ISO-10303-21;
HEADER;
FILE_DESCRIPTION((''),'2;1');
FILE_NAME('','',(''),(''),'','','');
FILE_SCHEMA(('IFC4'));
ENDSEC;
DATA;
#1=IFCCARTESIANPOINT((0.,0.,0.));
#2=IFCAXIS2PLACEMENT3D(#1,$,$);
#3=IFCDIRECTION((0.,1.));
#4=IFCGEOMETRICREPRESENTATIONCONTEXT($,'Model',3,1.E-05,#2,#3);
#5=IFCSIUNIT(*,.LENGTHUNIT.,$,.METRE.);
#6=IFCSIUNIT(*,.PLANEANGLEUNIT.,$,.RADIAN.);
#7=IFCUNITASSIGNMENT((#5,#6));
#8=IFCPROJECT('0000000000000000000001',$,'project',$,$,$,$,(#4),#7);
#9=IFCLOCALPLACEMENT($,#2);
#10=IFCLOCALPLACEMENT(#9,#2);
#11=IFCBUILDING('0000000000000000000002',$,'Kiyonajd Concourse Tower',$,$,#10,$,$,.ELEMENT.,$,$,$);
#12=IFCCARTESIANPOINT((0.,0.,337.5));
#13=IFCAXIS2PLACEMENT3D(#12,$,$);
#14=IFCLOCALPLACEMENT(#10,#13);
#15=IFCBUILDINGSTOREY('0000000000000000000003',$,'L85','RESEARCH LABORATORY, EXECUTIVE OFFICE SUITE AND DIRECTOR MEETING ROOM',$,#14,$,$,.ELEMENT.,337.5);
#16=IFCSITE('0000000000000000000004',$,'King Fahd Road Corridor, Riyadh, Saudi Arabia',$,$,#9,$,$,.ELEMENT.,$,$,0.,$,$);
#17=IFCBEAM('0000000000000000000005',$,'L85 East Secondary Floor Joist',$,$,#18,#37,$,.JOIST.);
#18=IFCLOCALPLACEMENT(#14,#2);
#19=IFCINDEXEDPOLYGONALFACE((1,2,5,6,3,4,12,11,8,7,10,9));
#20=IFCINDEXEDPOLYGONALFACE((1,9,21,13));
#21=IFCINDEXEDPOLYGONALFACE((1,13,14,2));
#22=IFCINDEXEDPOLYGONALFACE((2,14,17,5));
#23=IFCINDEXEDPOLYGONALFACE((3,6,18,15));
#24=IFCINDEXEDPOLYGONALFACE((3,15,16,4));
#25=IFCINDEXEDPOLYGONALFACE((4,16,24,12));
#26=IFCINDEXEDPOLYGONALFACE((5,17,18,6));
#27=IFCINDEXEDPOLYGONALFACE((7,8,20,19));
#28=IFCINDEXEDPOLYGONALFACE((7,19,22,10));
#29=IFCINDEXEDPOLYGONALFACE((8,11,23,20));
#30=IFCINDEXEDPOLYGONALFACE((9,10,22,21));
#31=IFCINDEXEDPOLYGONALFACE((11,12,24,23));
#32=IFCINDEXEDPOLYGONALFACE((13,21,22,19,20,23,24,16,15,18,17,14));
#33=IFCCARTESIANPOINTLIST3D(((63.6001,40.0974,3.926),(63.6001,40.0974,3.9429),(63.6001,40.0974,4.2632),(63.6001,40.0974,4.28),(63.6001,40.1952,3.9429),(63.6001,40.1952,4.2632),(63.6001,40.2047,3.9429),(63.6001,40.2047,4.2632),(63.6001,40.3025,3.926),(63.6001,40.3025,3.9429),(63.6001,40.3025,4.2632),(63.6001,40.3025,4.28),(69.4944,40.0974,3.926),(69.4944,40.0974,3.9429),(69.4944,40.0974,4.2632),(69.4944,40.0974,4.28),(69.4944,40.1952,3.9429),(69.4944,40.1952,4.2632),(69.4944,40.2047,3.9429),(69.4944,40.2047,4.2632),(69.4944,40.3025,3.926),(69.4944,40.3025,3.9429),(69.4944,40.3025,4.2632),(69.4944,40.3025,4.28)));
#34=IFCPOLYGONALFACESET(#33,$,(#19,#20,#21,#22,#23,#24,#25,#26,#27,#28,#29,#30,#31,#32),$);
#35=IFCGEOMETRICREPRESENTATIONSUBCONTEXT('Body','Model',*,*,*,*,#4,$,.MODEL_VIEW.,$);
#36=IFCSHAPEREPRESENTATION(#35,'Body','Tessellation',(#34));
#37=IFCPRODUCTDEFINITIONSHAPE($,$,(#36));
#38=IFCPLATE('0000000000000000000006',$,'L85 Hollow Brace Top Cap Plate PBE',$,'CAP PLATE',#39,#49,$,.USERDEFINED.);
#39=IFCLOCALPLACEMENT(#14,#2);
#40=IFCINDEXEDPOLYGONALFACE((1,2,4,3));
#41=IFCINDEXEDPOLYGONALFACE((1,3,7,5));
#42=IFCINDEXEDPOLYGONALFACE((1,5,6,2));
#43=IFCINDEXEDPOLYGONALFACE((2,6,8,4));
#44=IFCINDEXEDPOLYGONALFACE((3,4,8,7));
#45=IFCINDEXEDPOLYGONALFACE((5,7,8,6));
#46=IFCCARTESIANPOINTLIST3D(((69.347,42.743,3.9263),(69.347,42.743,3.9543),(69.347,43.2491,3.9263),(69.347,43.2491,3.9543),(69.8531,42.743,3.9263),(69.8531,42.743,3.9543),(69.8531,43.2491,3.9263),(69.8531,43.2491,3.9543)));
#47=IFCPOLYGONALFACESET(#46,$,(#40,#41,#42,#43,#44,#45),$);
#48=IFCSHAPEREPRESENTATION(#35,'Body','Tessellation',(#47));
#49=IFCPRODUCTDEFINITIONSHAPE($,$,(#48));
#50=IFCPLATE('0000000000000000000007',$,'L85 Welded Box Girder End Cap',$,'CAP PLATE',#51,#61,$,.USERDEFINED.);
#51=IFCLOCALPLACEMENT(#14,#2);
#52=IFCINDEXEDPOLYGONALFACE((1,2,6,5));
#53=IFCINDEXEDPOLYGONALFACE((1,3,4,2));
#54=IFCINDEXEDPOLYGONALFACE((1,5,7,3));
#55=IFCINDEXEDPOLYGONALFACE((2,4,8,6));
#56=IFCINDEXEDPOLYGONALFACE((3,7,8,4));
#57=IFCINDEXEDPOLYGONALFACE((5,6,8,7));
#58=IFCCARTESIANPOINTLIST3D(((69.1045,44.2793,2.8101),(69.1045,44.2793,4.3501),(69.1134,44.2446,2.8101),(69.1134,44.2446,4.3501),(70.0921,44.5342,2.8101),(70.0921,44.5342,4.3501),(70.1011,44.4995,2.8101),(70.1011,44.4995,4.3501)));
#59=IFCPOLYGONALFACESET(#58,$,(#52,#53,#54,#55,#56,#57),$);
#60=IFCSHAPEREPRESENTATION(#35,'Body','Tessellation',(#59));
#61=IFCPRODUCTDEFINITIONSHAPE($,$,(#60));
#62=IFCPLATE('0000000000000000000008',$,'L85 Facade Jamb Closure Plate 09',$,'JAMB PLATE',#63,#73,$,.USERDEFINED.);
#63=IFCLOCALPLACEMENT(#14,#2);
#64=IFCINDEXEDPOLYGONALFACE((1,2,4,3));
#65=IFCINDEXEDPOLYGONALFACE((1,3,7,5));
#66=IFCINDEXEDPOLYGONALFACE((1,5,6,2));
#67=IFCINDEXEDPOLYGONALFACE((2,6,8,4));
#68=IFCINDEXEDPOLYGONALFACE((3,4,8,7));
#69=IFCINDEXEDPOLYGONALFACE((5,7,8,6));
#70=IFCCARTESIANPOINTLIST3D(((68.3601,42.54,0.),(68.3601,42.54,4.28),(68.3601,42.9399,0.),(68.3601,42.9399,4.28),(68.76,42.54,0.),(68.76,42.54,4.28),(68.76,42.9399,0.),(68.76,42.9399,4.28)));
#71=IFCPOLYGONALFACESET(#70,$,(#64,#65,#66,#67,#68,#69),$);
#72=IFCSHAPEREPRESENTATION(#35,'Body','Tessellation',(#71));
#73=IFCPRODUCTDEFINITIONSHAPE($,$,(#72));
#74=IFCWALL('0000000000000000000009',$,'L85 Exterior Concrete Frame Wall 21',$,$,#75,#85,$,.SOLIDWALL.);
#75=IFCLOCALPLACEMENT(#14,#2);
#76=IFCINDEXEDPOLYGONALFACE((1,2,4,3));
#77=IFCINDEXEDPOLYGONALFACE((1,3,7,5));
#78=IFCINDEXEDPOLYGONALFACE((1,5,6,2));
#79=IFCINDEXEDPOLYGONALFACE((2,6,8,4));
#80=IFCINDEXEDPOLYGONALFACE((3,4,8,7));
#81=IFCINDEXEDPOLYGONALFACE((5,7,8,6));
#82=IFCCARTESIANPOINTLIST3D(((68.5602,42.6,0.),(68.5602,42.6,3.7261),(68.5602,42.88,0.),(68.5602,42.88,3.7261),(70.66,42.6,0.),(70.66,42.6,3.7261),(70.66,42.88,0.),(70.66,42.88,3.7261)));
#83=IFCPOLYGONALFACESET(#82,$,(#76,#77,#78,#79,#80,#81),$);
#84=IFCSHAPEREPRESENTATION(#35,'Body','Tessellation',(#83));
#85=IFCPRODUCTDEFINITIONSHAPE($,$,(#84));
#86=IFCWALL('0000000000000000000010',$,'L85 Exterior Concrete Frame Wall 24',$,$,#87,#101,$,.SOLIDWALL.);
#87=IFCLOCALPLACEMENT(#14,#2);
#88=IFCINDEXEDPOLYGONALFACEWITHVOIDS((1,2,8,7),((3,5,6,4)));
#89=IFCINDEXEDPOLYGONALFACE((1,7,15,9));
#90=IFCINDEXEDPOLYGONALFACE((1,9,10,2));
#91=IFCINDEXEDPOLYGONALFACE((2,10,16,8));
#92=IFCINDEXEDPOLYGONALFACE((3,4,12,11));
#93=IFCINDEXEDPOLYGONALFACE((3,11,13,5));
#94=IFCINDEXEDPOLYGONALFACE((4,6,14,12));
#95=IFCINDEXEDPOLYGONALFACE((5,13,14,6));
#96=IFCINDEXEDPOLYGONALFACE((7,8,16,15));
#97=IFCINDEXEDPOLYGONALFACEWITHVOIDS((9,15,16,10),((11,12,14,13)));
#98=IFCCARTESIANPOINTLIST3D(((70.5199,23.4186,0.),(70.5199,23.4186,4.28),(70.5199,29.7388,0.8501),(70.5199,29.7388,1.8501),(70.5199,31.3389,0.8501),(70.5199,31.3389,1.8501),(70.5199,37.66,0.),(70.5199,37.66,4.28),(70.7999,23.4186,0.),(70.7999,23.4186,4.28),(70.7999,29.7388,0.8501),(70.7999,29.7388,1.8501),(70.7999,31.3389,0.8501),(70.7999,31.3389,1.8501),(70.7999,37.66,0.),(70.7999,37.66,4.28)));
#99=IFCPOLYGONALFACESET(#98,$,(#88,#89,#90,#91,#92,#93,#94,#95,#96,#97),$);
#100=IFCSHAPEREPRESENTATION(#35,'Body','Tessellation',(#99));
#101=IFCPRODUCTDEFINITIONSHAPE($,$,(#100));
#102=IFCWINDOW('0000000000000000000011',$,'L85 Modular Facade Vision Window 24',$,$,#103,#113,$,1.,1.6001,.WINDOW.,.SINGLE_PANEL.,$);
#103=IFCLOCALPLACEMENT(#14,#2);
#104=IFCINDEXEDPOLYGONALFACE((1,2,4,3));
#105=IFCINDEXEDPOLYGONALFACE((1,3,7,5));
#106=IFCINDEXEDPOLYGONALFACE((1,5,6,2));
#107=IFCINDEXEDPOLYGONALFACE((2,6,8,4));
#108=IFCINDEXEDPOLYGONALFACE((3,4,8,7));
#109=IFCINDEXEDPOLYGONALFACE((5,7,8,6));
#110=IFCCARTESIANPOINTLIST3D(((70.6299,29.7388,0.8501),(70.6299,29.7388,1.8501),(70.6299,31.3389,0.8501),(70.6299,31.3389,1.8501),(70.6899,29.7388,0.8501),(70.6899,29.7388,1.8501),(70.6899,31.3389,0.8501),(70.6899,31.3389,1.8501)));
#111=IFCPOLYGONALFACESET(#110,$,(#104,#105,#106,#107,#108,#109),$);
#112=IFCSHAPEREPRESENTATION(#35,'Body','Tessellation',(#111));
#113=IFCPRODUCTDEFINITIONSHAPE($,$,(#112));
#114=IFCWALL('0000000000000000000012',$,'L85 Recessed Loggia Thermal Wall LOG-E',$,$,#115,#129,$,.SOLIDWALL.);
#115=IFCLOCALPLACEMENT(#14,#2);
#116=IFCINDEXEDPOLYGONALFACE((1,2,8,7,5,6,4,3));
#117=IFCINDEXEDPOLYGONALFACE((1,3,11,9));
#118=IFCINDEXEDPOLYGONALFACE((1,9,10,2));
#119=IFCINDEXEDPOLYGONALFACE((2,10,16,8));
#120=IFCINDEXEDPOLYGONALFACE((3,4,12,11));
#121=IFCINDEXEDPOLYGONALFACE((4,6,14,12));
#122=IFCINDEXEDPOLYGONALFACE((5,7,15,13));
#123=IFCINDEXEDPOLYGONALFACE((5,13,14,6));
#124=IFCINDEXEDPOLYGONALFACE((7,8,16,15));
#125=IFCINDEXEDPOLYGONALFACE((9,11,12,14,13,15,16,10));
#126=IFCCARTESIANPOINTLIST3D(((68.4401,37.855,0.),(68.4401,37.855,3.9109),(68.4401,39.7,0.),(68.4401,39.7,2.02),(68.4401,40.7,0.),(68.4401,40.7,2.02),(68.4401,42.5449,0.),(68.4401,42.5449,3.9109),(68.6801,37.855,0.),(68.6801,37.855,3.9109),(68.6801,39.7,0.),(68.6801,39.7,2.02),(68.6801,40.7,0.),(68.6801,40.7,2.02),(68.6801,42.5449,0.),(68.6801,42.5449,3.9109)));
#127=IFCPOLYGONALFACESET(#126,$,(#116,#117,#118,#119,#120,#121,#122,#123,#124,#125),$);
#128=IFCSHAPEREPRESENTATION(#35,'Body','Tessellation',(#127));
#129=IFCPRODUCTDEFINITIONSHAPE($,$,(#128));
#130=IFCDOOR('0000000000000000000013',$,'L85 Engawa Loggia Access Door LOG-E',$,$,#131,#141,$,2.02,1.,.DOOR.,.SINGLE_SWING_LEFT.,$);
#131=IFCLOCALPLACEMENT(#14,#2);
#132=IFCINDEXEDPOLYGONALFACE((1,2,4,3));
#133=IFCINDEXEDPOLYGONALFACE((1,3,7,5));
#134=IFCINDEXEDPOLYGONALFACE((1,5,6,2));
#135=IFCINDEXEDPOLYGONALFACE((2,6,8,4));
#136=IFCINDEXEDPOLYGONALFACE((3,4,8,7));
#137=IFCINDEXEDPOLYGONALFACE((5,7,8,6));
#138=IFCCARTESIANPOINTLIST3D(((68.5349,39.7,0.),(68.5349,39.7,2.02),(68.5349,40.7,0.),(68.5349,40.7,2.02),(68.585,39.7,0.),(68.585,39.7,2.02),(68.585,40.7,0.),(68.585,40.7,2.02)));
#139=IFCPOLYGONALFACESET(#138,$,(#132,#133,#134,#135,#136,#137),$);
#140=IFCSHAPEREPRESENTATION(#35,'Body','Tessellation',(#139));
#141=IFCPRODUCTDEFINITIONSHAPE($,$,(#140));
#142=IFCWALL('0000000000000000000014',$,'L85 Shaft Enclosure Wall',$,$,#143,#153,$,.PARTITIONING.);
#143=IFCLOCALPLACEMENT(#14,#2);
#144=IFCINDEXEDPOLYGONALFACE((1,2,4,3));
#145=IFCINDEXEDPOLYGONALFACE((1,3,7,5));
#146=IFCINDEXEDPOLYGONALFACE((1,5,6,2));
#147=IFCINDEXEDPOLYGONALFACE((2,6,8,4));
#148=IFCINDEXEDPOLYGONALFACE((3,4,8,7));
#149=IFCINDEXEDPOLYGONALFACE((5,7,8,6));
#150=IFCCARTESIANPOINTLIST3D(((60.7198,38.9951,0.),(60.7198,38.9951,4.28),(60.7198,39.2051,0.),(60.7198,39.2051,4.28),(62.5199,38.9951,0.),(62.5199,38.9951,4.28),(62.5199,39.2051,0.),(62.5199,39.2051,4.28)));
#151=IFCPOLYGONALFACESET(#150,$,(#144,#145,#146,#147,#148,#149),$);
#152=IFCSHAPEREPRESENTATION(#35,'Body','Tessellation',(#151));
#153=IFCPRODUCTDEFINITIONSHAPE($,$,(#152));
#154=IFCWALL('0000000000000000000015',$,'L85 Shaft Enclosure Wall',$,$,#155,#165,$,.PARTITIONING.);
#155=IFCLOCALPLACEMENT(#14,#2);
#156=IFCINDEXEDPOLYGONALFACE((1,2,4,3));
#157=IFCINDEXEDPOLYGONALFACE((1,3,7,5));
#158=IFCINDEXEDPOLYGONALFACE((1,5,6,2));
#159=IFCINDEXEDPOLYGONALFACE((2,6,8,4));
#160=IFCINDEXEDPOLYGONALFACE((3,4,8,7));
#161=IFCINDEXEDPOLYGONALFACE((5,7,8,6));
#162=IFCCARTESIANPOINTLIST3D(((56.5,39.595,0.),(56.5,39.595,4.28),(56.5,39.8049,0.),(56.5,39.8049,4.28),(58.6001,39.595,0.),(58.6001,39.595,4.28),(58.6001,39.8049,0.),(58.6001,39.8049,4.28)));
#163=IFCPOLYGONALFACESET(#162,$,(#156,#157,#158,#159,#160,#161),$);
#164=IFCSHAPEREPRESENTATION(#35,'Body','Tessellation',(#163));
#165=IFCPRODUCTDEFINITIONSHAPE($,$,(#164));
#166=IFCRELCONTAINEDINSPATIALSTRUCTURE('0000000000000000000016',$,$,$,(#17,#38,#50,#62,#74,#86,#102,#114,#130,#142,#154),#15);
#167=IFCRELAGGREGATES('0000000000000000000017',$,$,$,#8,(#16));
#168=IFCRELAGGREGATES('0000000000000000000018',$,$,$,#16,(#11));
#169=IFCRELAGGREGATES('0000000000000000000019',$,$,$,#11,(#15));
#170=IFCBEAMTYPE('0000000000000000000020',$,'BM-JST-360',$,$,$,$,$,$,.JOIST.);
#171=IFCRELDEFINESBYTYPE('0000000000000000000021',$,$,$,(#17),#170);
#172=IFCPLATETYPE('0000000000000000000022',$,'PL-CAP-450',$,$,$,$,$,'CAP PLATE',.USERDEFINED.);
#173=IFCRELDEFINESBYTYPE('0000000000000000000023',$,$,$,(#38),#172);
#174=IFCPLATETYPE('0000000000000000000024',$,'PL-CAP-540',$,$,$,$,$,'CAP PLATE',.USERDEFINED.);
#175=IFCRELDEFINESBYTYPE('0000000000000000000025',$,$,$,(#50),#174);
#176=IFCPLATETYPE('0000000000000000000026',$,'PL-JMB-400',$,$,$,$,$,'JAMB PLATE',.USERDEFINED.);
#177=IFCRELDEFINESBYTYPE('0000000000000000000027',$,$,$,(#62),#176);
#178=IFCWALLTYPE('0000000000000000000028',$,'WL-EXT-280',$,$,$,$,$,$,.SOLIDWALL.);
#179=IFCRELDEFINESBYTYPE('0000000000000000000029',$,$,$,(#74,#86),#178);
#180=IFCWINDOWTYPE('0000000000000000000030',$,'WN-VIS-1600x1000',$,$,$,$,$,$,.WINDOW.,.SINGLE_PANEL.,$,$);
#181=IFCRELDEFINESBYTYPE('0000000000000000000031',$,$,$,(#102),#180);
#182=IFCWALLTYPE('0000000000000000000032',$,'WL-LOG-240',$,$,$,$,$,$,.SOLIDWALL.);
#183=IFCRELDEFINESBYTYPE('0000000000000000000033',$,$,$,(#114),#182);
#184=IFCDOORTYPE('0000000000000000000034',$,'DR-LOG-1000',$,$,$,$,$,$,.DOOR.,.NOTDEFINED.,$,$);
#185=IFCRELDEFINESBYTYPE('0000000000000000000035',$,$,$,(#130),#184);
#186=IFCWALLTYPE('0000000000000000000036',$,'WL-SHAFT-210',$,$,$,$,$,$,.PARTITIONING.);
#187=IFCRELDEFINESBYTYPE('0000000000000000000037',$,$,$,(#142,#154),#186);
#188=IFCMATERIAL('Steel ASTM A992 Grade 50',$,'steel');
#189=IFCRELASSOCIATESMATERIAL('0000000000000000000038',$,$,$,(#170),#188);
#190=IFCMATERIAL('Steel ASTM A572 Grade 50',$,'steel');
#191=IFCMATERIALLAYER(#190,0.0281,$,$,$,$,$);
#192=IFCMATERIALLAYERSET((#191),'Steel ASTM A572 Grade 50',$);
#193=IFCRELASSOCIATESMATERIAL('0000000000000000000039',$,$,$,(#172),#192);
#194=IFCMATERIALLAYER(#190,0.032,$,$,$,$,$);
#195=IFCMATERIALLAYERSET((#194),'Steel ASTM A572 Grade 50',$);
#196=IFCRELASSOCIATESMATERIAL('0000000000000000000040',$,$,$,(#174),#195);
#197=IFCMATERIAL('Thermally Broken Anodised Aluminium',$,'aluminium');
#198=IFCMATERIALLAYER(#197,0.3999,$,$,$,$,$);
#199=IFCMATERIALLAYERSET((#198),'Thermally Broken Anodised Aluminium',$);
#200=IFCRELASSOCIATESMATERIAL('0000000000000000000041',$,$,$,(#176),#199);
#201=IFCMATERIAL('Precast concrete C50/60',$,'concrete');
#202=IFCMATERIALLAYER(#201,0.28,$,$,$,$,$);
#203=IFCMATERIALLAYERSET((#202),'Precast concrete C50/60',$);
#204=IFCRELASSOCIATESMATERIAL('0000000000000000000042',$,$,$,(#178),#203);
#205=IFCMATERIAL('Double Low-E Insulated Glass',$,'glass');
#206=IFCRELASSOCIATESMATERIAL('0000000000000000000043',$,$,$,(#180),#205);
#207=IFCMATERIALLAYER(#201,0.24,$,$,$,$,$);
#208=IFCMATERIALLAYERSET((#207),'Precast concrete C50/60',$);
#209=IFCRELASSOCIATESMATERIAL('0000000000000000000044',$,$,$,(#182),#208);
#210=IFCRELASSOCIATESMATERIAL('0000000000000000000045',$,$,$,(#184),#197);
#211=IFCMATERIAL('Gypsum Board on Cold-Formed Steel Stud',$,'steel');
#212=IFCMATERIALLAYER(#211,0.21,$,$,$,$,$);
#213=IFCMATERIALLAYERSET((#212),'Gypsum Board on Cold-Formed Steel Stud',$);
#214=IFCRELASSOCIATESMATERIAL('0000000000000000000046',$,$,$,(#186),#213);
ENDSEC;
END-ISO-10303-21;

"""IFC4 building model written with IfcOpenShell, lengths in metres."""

from ifc_helpers import new_model, si_unit, direction, frame, frame_2d, origin, origin_2d, place, context, subcontext, project, spatial, rectangle, i_section, extrude, material, layer, layer_set, material_profile, profile_set, type_object, element, fill, save


model = new_model("IFC4")

# Units and contexts
model_context = context("Model", 3, precision=1e-05, world=origin(), true_north=direction((0.0, 1.0)))
body_context = subcontext(model_context, "Body", "Model", "MODEL_VIEW")
ifc_project = project(units=[si_unit("LENGTHUNIT", "METRE"), si_unit("PLANEANGLEUNIT", "RADIAN")], contexts=[model_context])

# Site, building, storey
site_placement = place(None, origin())
site = spatial("IfcSite", under=ifc_project, at=site_placement, Name="King Fahd Road Corridor, Riyadh, Saudi Arabia", CompositionType="ELEMENT", RefElevation=0.0)
building_placement = place(site_placement, origin())
building = spatial("IfcBuilding", under=site, at=building_placement, Name="Kiyonajd Concourse Tower", CompositionType="ELEMENT")
storey_placement = place(building_placement, frame((0.0, 0.0, 337.5)))
storey = spatial("IfcBuildingStorey", under=building, at=storey_placement, Name="L85", Description="RESEARCH LABORATORY, EXECUTIVE OFFICE SUITE AND DIRECTOR MEETING ROOM", CompositionType="ELEMENT", Elevation=337.5)

# Beam
ifc_material_1 = material(Name="Steel ASTM A992 Grade 50", Category="steel")
ifc_material_profile = material_profile(ifc_material_1, i_section(OverallWidth=0.2051, OverallDepth=0.354, WebThickness=0.0095, FlangeThickness=0.0168, at=origin_2d()), Name="W360X79")
ifc_profile_set = profile_set([ifc_material_profile], Name="Steel ASTM A992 Grade 50")
beam_type = type_object("IfcBeamType", Name="BM-JST-360", PredefinedType="JOIST", material=ifc_profile_set)
beam_placement = place(storey_placement, frame((63.6001, 40.2, 4.103), z_axis=(1.0, 0.0, 0.0), x_axis=(0.0, 1.0, 0.0)))
element("IfcBeam", 1, at=beam_placement, inside=storey, type_object=beam_type, Name="L85 East Secondary Floor Joist", PredefinedType="JOIST", context=body_context, shape_type="SweptSolid", body=[
    extrude(i_section(OverallWidth=0.2051, OverallDepth=0.354, WebThickness=0.0095, FlangeThickness=0.0168, at=origin_2d()), origin(), (0.0, 0.0, 1.0), 5.8943),
])

# Plates
ifc_material_2 = material(Name="Steel ASTM A572 Grade 50", Category="steel")
ifc_layer_1 = layer(ifc_material_2, 0.0281)
ifc_layer_set_1 = layer_set([ifc_layer_1], Name="Steel ASTM A572 Grade 50")
plate_type_1 = type_object("IfcPlateType", Name="PL-CAP-450", ElementType="CAP PLATE", PredefinedType="USERDEFINED", material=ifc_layer_set_1)
plate_1_placement = place(storey_placement, frame((69.6001, 42.9961, 3.9263), z_axis=(0.0, 0.0, 1.0), x_axis=(1.0, 0.0, 0.0)))
element("IfcPlate", 2, at=plate_1_placement, inside=storey, type_object=plate_type_1, Name="L85 Hollow Brace Top Cap Plate PBE", ObjectType="CAP PLATE", PredefinedType="USERDEFINED", context=body_context, shape_type="SweptSolid", body=[
    extrude(rectangle(XDim=0.5061, YDim=0.5061, at=origin_2d()), origin(), (0.0, 0.0, 1.0), 0.0281),
])
ifc_layer_2 = layer(ifc_material_2, 0.032)
ifc_layer_set_2 = layer_set([ifc_layer_2], Name="Steel ASTM A572 Grade 50")
plate_type_2 = type_object("IfcPlateType", Name="PL-CAP-540", ElementType="CAP PLATE", PredefinedType="USERDEFINED", material=ifc_layer_set_2)
plate_2_placement = place(storey_placement, frame((69.6028, 44.3894, 2.8101), z_axis=(0.0, 0.0, 1.0), x_axis=(0.249873, -0.968279, 0.0)))
element("IfcPlate", 3, at=plate_2_placement, inside=storey, type_object=plate_type_2, Name="L85 Welded Box Girder End Cap", ObjectType="CAP PLATE", PredefinedType="USERDEFINED", context=body_context, shape_type="SweptSolid", body=[
    extrude(rectangle(XDim=0.0359, YDim=1.02, at=origin_2d()), origin(), (0.0, 0.0, 1.0), 1.54),
])
ifc_material_3 = material(Name="Thermally Broken Anodised Aluminium", Category="aluminium")
ifc_layer_3 = layer(ifc_material_3, 0.3999)
ifc_layer_set_3 = layer_set([ifc_layer_3], Name="Thermally Broken Anodised Aluminium")
plate_type_3 = type_object("IfcPlateType", Name="PL-JMB-400", ElementType="JAMB PLATE", PredefinedType="USERDEFINED", material=ifc_layer_set_3)
plate_3_placement = place(storey_placement, frame((68.5601, 42.74, 0.0), z_axis=(0.0, 0.0, 1.0), x_axis=(1.0, 0.0, 0.0)))
element("IfcPlate", 4, at=plate_3_placement, inside=storey, type_object=plate_type_3, Name="L85 Facade Jamb Closure Plate 09", ObjectType="JAMB PLATE", PredefinedType="USERDEFINED", context=body_context, shape_type="SweptSolid", body=[
    extrude(rectangle(XDim=0.3999, YDim=0.3999, at=origin_2d()), origin(), (0.0, 0.0, 1.0), 4.28),
])

# Wall
ifc_material_4 = material(Name="Precast concrete C50/60", Category="concrete")
ifc_layer_4 = layer(ifc_material_4, 0.28)
ifc_layer_set_4 = layer_set([ifc_layer_4], Name="Precast concrete C50/60")
wall_type_1 = type_object("IfcWallType", Name="WL-EXT-280", PredefinedType="SOLIDWALL", material=ifc_layer_set_4)
wall_1_placement = place(storey_placement, frame((70.6599, 42.74, 0.0), z_axis=(0.0, 0.0, 1.0), x_axis=(-1.0, 0.0, 0.0)))
element("IfcWall", 5, at=wall_1_placement, inside=storey, type_object=wall_type_1, Name="L85 Exterior Concrete Frame Wall 21", PredefinedType="SOLIDWALL", context=body_context, shape_type="SweptSolid", body=[
    extrude(rectangle(XDim=2.0999, YDim=0.28, at=frame_2d((1.0498, 0.0))), origin(), (0.0, 0.0, 1.0), 3.7261),
])

# Wall, opening, window
wall_2_placement = place(storey_placement, frame((70.6599, 37.6599, 0.0), z_axis=(0.0, 0.0, 1.0), x_axis=(0.0, -1.0, 0.0)))
wall_2 = element("IfcWall", 6, at=wall_2_placement, inside=storey, type_object=wall_type_1, Name="L85 Exterior Concrete Frame Wall 24", PredefinedType="SOLIDWALL", context=body_context, shape_type="SweptSolid", body=[
    extrude(rectangle(XDim=14.2415, YDim=0.28, at=frame_2d((7.1206, 0.0))), origin(), (0.0, 0.0, 1.0), 4.28),
])
opening_1_placement = place(wall_2_placement, frame((6.321, 0.0, 0.8501)))
opening_1 = element("IfcOpeningElement", 7, at=opening_1_placement, cuts=wall_2, PredefinedType="OPENING", context=body_context, shape_type="SweptSolid", body=[
    extrude(rectangle(XDim=1.6001, YDim=1.0, at=frame_2d((0.8, 0.5))), frame((0.0, 0.1499, 0.0), z_axis=(0.0, -1.0, 0.0), x_axis=(1.0, 0.0, 0.0)), (0.0, 0.0, 1.0), 0.3),
])
ifc_material_5 = material(Name="Double Low-E Insulated Glass", Category="glass")
window_type = type_object("IfcWindowType", Name="WN-VIS-1600x1000", PartitioningType="SINGLE_PANEL", PredefinedType="WINDOW", material=ifc_material_5)
window_placement = place(opening_1_placement, origin())
window = element("IfcWindow", 8, at=window_placement, inside=storey, type_object=window_type, Name="L85 Modular Facade Vision Window 24", OverallHeight=1.0, OverallWidth=1.6001, PartitioningType="SINGLE_PANEL", PredefinedType="WINDOW", context=body_context, shape_type="SweptSolid", body=[
    extrude(rectangle(XDim=1.6001, YDim=1.0, at=frame_2d((0.8, 0.5))), frame((0.0, 0.03, 0.0), z_axis=(0.0, -1.0, 0.0), x_axis=(1.0, 0.0, 0.0)), (0.0, 0.0, 1.0), 0.0601),
])
fill(opening_1, window)

# Wall, opening, door
ifc_layer_5 = layer(ifc_material_4, 0.24)
ifc_layer_set_5 = layer_set([ifc_layer_5], Name="Precast concrete C50/60")
wall_type_2 = type_object("IfcWallType", Name="WL-LOG-240", PredefinedType="SOLIDWALL", material=ifc_layer_set_5)
wall_3_placement = place(storey_placement, frame((68.5601, 42.5449, 0.0), z_axis=(0.0, 0.0, 1.0), x_axis=(0.0, -1.0, 0.0)))
wall_3 = element("IfcWall", 9, at=wall_3_placement, inside=storey, type_object=wall_type_2, Name="L85 Recessed Loggia Thermal Wall LOG-E", PredefinedType="SOLIDWALL", context=body_context, shape_type="SweptSolid", body=[
    extrude(rectangle(XDim=4.6899, YDim=0.24, at=frame_2d((2.345, 0.0))), origin(), (0.0, 0.0, 1.0), 3.9109),
])
opening_2_placement = place(wall_3_placement, frame((1.845, 0.0, 0.0)))
opening_2 = element("IfcOpeningElement", 10, at=opening_2_placement, cuts=wall_3, PredefinedType="OPENING", context=body_context, shape_type="SweptSolid", body=[
    extrude(rectangle(XDim=1.0, YDim=2.02, at=frame_2d((0.5, 1.01))), frame((0.0, 0.1299, 0.0), z_axis=(0.0, -1.0, 0.0), x_axis=(1.0, 0.0, 0.0)), (0.0, 0.0, 1.0), 0.26),
])
door_type_1 = type_object("IfcDoorType", Name="DR-LOG-1000", OperationType="NOTDEFINED", PredefinedType="DOOR", material=ifc_material_3)
door_1_placement = place(opening_2_placement, origin())
door_1 = element("IfcDoor", 11, at=door_1_placement, inside=storey, type_object=door_type_1, Name="L85 Engawa Loggia Access Door LOG-E", OperationType="SINGLE_SWING_LEFT", OverallHeight=2.02, OverallWidth=1.0, PredefinedType="DOOR", context=body_context, shape_type="SweptSolid", body=[
    extrude(rectangle(XDim=1.0, YDim=2.02, at=frame_2d((0.5, 1.01))), frame((0.0, 0.0249, 0.0), z_axis=(0.0, -1.0, 0.0), x_axis=(1.0, 0.0, 0.0)), (0.0, 0.0, 1.0), 0.05),
])
fill(opening_2, door_1)

# Walls
ifc_material_6 = material(Name="Gypsum Board on Cold-Formed Steel Stud", Category="steel")
ifc_layer_6 = layer(ifc_material_6, 0.21)
ifc_layer_set_6 = layer_set([ifc_layer_6], Name="Gypsum Board on Cold-Formed Steel Stud")
wall_type_3 = type_object("IfcWallType", Name="WL-SHAFT-210", PredefinedType="PARTITIONING", material=ifc_layer_set_6)
wall_4_placement = place(storey_placement, frame((60.72, 39.1001, 0.0), z_axis=(0.0, 0.0, 1.0), x_axis=(1.0, 0.0, 0.0)))
element("IfcWall", 12, at=wall_4_placement, inside=storey, type_object=wall_type_3, Name="L85 Shaft Enclosure Wall", PredefinedType="PARTITIONING", context=body_context, shape_type="SweptSolid", body=[
    extrude(rectangle(XDim=1.8, YDim=0.21, at=frame_2d((0.8999, 0.0))), origin(), (0.0, 0.0, 1.0), 4.28),
])
wall_5_placement = place(storey_placement, frame((56.5, 39.7, 0.0), z_axis=(0.0, 0.0, 1.0), x_axis=(1.0, 0.0, 0.0)))
element("IfcWall", 13, at=wall_5_placement, inside=storey, type_object=wall_type_3, Name="L85 Shaft Enclosure Wall", PredefinedType="PARTITIONING", context=body_context, shape_type="SweptSolid", body=[
    extrude(rectangle(XDim=2.1001, YDim=0.21, at=frame_2d((1.05, 0.0))), origin(), (0.0, 0.0, 1.0), 4.28),
])

save(model, "model.ifc")
